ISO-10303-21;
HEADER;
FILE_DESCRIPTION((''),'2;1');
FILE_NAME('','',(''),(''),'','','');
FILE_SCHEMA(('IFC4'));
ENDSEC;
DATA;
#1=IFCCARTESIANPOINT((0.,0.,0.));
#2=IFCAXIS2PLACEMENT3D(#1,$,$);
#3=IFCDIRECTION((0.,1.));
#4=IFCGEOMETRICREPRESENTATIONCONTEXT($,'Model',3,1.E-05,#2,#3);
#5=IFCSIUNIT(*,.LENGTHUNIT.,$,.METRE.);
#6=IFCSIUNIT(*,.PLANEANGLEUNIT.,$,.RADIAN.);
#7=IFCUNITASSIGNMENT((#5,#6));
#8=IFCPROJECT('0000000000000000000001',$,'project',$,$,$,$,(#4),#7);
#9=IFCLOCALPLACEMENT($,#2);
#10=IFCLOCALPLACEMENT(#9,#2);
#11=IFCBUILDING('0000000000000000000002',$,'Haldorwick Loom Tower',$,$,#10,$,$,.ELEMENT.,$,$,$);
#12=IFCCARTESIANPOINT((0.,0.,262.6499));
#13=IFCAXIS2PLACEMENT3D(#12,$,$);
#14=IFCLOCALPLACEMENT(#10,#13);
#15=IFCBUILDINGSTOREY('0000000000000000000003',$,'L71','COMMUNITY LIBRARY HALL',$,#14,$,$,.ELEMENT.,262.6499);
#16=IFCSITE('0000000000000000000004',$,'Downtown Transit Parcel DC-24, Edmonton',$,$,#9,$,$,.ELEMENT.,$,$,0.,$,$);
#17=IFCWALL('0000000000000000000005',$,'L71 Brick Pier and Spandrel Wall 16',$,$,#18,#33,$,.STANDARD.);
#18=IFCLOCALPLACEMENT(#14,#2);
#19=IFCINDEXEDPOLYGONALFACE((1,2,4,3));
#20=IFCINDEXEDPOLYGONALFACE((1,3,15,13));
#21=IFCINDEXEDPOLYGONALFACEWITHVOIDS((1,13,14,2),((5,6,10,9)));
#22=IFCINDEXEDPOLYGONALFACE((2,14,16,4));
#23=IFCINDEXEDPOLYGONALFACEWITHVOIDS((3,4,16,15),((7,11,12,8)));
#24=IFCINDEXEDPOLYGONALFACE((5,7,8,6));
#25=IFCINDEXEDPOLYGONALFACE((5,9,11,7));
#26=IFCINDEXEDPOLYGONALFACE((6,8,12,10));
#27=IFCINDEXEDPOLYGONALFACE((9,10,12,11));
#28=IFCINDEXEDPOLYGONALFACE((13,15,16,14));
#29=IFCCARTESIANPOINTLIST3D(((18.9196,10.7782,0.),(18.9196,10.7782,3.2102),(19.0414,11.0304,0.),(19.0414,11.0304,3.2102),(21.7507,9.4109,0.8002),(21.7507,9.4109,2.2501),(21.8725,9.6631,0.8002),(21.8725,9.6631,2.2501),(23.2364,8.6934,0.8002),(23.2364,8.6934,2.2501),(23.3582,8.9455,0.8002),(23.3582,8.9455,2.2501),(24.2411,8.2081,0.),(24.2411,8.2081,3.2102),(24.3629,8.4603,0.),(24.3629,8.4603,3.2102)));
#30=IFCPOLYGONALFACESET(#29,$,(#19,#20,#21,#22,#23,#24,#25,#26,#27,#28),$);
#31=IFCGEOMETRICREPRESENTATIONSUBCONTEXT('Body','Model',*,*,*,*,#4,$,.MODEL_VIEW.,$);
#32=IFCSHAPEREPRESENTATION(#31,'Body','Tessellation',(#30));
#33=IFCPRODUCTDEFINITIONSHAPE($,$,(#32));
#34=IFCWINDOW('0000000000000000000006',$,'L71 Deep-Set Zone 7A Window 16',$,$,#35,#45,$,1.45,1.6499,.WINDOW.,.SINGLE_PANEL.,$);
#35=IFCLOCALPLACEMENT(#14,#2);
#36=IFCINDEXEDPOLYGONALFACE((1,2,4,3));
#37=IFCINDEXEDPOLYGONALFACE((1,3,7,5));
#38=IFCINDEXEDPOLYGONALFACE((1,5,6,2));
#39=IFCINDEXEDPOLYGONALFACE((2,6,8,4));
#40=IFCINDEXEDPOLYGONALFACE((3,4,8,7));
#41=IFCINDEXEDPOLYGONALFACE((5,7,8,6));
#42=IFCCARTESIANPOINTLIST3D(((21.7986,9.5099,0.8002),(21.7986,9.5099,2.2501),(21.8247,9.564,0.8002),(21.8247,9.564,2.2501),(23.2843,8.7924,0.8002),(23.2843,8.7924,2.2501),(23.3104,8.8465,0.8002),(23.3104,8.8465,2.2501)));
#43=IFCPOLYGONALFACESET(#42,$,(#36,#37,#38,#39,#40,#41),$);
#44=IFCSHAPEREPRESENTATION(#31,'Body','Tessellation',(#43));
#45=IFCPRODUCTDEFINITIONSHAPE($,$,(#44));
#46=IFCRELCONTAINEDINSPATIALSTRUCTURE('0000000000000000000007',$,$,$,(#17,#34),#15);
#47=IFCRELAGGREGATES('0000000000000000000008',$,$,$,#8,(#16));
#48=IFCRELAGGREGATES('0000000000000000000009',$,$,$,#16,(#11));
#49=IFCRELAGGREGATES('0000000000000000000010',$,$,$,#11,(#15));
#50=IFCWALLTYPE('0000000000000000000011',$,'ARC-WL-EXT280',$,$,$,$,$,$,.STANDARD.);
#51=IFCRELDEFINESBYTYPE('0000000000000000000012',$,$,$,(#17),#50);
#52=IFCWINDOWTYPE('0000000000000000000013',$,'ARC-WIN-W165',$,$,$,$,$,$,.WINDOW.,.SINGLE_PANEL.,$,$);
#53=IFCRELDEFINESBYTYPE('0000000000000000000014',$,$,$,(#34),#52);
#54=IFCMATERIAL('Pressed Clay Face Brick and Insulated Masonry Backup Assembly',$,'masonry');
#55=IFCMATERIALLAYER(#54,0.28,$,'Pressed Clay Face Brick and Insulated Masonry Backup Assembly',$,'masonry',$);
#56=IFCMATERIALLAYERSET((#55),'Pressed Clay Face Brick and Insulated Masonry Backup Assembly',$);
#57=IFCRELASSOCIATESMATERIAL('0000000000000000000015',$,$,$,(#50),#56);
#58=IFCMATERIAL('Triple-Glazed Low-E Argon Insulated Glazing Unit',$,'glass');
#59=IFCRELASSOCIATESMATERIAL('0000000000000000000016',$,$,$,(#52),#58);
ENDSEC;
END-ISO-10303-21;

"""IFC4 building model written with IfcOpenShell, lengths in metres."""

from ifc_helpers import new_model, si_unit, direction, frame, frame_2d, origin, place, context, subcontext, project, spatial, rectangle, extrude, material, layer, layer_set, type_object, element, fill, save


model = new_model("IFC4")

# Units and contexts
model_context = context("Model", 3, precision=1e-05, world=origin(), true_north=direction((0.0, 1.0)))
body_context = subcontext(model_context, "Body", "Model", "MODEL_VIEW")
ifc_project = project(units=[si_unit("LENGTHUNIT", "METRE"), si_unit("PLANEANGLEUNIT", "RADIAN")], contexts=[model_context])

# Site, building, storey
site_placement = place(None, origin())
site = spatial("IfcSite", under=ifc_project, at=site_placement, Name="Downtown Transit Parcel DC-24, Edmonton", CompositionType="ELEMENT", RefElevation=0.0)
building_placement = place(site_placement, origin())
building = spatial("IfcBuilding", under=site, at=building_placement, Name="Haldorwick Loom Tower", CompositionType="ELEMENT")
storey_placement = place(building_placement, frame((0.0, 0.0, 262.6499)))
storey = spatial("IfcBuildingStorey", under=building, at=storey_placement, Name="L71", Description="COMMUNITY LIBRARY HALL", CompositionType="ELEMENT", Elevation=262.6499)

# Shared definitions
ifc_material_1 = material(Name="Pressed Clay Face Brick and Insulated Masonry Backup Assembly", Category="masonry")
ifc_layer_1 = layer(ifc_material_1, 0.28, Name="Pressed Clay Face Brick and Insulated Masonry Backup Assembly", Category="masonry")
ifc_layer_set_1 = layer_set([ifc_layer_1], Name="Pressed Clay Face Brick and Insulated Masonry Backup Assembly")
wall_type = type_object("IfcWallType", Name="ARC-WL-EXT280", PredefinedType="STANDARD", material=ifc_layer_set_1)

# Wall, opening, window
wall_1_placement = place(storey_placement, frame((18.9805, 10.9043, 0.0), z_axis=(0.0, 0.0, 1.0), x_axis=(0.900482, -0.434893, 0.0)))
wall_1 = element("IfcWall", 1, at=wall_1_placement, inside=storey, type_object=wall_type, Name="L71 Brick Pier and Spandrel Wall 16", PredefinedType="STANDARD", context=body_context, shape_type="SweptSolid", body=[
    extrude(rectangle(XDim=5.9097, YDim=0.28, at=frame_2d((2.9548, 0.0))), origin(), (0.0, 0.0, 1.0), 3.2102),
])
opening_1_placement = place(wall_1_placement, frame((3.144, 0.0, 0.8)))
opening_1 = element("IfcOpeningElement", 2, at=opening_1_placement, cuts=wall_1, PredefinedType="OPENING", context=body_context, shape_type="SweptSolid", body=[
    extrude(rectangle(XDim=1.6499, YDim=1.45, at=frame_2d((0.825, 0.7251))), frame((0.0, 0.1499, 0.0), z_axis=(0.0, -1.0, 0.0), x_axis=(1.0, 0.0, 0.0)), (0.0, 0.0, 1.0), 0.3),
])
ifc_material_2 = material(Name="Triple-Glazed Low-E Argon Insulated Glazing Unit", Category="glass")
window_type = type_object("IfcWindowType", Name="ARC-WIN-W165", PartitioningType="SINGLE_PANEL", PredefinedType="WINDOW", material=ifc_material_2)
window_placement = place(opening_1_placement, origin())
window = element("IfcWindow", 3, at=window_placement, inside=storey, type_object=window_type, Name="L71 Deep-Set Zone 7A Window 16", OverallHeight=1.45, OverallWidth=1.6499, PartitioningType="SINGLE_PANEL", PredefinedType="WINDOW", context=body_context, shape_type="SweptSolid", body=[
    extrude(rectangle(XDim=1.6499, YDim=1.45, at=frame_2d((0.825, 0.7251))), frame((0.0, 0.03, 0.0), z_axis=(0.0, -1.0, 0.0), x_axis=(1.0, 0.0, 0.0)), (0.0, 0.0, 1.0), 0.0601),
])
fill(opening_1, window)

save(model, "model.ifc")
